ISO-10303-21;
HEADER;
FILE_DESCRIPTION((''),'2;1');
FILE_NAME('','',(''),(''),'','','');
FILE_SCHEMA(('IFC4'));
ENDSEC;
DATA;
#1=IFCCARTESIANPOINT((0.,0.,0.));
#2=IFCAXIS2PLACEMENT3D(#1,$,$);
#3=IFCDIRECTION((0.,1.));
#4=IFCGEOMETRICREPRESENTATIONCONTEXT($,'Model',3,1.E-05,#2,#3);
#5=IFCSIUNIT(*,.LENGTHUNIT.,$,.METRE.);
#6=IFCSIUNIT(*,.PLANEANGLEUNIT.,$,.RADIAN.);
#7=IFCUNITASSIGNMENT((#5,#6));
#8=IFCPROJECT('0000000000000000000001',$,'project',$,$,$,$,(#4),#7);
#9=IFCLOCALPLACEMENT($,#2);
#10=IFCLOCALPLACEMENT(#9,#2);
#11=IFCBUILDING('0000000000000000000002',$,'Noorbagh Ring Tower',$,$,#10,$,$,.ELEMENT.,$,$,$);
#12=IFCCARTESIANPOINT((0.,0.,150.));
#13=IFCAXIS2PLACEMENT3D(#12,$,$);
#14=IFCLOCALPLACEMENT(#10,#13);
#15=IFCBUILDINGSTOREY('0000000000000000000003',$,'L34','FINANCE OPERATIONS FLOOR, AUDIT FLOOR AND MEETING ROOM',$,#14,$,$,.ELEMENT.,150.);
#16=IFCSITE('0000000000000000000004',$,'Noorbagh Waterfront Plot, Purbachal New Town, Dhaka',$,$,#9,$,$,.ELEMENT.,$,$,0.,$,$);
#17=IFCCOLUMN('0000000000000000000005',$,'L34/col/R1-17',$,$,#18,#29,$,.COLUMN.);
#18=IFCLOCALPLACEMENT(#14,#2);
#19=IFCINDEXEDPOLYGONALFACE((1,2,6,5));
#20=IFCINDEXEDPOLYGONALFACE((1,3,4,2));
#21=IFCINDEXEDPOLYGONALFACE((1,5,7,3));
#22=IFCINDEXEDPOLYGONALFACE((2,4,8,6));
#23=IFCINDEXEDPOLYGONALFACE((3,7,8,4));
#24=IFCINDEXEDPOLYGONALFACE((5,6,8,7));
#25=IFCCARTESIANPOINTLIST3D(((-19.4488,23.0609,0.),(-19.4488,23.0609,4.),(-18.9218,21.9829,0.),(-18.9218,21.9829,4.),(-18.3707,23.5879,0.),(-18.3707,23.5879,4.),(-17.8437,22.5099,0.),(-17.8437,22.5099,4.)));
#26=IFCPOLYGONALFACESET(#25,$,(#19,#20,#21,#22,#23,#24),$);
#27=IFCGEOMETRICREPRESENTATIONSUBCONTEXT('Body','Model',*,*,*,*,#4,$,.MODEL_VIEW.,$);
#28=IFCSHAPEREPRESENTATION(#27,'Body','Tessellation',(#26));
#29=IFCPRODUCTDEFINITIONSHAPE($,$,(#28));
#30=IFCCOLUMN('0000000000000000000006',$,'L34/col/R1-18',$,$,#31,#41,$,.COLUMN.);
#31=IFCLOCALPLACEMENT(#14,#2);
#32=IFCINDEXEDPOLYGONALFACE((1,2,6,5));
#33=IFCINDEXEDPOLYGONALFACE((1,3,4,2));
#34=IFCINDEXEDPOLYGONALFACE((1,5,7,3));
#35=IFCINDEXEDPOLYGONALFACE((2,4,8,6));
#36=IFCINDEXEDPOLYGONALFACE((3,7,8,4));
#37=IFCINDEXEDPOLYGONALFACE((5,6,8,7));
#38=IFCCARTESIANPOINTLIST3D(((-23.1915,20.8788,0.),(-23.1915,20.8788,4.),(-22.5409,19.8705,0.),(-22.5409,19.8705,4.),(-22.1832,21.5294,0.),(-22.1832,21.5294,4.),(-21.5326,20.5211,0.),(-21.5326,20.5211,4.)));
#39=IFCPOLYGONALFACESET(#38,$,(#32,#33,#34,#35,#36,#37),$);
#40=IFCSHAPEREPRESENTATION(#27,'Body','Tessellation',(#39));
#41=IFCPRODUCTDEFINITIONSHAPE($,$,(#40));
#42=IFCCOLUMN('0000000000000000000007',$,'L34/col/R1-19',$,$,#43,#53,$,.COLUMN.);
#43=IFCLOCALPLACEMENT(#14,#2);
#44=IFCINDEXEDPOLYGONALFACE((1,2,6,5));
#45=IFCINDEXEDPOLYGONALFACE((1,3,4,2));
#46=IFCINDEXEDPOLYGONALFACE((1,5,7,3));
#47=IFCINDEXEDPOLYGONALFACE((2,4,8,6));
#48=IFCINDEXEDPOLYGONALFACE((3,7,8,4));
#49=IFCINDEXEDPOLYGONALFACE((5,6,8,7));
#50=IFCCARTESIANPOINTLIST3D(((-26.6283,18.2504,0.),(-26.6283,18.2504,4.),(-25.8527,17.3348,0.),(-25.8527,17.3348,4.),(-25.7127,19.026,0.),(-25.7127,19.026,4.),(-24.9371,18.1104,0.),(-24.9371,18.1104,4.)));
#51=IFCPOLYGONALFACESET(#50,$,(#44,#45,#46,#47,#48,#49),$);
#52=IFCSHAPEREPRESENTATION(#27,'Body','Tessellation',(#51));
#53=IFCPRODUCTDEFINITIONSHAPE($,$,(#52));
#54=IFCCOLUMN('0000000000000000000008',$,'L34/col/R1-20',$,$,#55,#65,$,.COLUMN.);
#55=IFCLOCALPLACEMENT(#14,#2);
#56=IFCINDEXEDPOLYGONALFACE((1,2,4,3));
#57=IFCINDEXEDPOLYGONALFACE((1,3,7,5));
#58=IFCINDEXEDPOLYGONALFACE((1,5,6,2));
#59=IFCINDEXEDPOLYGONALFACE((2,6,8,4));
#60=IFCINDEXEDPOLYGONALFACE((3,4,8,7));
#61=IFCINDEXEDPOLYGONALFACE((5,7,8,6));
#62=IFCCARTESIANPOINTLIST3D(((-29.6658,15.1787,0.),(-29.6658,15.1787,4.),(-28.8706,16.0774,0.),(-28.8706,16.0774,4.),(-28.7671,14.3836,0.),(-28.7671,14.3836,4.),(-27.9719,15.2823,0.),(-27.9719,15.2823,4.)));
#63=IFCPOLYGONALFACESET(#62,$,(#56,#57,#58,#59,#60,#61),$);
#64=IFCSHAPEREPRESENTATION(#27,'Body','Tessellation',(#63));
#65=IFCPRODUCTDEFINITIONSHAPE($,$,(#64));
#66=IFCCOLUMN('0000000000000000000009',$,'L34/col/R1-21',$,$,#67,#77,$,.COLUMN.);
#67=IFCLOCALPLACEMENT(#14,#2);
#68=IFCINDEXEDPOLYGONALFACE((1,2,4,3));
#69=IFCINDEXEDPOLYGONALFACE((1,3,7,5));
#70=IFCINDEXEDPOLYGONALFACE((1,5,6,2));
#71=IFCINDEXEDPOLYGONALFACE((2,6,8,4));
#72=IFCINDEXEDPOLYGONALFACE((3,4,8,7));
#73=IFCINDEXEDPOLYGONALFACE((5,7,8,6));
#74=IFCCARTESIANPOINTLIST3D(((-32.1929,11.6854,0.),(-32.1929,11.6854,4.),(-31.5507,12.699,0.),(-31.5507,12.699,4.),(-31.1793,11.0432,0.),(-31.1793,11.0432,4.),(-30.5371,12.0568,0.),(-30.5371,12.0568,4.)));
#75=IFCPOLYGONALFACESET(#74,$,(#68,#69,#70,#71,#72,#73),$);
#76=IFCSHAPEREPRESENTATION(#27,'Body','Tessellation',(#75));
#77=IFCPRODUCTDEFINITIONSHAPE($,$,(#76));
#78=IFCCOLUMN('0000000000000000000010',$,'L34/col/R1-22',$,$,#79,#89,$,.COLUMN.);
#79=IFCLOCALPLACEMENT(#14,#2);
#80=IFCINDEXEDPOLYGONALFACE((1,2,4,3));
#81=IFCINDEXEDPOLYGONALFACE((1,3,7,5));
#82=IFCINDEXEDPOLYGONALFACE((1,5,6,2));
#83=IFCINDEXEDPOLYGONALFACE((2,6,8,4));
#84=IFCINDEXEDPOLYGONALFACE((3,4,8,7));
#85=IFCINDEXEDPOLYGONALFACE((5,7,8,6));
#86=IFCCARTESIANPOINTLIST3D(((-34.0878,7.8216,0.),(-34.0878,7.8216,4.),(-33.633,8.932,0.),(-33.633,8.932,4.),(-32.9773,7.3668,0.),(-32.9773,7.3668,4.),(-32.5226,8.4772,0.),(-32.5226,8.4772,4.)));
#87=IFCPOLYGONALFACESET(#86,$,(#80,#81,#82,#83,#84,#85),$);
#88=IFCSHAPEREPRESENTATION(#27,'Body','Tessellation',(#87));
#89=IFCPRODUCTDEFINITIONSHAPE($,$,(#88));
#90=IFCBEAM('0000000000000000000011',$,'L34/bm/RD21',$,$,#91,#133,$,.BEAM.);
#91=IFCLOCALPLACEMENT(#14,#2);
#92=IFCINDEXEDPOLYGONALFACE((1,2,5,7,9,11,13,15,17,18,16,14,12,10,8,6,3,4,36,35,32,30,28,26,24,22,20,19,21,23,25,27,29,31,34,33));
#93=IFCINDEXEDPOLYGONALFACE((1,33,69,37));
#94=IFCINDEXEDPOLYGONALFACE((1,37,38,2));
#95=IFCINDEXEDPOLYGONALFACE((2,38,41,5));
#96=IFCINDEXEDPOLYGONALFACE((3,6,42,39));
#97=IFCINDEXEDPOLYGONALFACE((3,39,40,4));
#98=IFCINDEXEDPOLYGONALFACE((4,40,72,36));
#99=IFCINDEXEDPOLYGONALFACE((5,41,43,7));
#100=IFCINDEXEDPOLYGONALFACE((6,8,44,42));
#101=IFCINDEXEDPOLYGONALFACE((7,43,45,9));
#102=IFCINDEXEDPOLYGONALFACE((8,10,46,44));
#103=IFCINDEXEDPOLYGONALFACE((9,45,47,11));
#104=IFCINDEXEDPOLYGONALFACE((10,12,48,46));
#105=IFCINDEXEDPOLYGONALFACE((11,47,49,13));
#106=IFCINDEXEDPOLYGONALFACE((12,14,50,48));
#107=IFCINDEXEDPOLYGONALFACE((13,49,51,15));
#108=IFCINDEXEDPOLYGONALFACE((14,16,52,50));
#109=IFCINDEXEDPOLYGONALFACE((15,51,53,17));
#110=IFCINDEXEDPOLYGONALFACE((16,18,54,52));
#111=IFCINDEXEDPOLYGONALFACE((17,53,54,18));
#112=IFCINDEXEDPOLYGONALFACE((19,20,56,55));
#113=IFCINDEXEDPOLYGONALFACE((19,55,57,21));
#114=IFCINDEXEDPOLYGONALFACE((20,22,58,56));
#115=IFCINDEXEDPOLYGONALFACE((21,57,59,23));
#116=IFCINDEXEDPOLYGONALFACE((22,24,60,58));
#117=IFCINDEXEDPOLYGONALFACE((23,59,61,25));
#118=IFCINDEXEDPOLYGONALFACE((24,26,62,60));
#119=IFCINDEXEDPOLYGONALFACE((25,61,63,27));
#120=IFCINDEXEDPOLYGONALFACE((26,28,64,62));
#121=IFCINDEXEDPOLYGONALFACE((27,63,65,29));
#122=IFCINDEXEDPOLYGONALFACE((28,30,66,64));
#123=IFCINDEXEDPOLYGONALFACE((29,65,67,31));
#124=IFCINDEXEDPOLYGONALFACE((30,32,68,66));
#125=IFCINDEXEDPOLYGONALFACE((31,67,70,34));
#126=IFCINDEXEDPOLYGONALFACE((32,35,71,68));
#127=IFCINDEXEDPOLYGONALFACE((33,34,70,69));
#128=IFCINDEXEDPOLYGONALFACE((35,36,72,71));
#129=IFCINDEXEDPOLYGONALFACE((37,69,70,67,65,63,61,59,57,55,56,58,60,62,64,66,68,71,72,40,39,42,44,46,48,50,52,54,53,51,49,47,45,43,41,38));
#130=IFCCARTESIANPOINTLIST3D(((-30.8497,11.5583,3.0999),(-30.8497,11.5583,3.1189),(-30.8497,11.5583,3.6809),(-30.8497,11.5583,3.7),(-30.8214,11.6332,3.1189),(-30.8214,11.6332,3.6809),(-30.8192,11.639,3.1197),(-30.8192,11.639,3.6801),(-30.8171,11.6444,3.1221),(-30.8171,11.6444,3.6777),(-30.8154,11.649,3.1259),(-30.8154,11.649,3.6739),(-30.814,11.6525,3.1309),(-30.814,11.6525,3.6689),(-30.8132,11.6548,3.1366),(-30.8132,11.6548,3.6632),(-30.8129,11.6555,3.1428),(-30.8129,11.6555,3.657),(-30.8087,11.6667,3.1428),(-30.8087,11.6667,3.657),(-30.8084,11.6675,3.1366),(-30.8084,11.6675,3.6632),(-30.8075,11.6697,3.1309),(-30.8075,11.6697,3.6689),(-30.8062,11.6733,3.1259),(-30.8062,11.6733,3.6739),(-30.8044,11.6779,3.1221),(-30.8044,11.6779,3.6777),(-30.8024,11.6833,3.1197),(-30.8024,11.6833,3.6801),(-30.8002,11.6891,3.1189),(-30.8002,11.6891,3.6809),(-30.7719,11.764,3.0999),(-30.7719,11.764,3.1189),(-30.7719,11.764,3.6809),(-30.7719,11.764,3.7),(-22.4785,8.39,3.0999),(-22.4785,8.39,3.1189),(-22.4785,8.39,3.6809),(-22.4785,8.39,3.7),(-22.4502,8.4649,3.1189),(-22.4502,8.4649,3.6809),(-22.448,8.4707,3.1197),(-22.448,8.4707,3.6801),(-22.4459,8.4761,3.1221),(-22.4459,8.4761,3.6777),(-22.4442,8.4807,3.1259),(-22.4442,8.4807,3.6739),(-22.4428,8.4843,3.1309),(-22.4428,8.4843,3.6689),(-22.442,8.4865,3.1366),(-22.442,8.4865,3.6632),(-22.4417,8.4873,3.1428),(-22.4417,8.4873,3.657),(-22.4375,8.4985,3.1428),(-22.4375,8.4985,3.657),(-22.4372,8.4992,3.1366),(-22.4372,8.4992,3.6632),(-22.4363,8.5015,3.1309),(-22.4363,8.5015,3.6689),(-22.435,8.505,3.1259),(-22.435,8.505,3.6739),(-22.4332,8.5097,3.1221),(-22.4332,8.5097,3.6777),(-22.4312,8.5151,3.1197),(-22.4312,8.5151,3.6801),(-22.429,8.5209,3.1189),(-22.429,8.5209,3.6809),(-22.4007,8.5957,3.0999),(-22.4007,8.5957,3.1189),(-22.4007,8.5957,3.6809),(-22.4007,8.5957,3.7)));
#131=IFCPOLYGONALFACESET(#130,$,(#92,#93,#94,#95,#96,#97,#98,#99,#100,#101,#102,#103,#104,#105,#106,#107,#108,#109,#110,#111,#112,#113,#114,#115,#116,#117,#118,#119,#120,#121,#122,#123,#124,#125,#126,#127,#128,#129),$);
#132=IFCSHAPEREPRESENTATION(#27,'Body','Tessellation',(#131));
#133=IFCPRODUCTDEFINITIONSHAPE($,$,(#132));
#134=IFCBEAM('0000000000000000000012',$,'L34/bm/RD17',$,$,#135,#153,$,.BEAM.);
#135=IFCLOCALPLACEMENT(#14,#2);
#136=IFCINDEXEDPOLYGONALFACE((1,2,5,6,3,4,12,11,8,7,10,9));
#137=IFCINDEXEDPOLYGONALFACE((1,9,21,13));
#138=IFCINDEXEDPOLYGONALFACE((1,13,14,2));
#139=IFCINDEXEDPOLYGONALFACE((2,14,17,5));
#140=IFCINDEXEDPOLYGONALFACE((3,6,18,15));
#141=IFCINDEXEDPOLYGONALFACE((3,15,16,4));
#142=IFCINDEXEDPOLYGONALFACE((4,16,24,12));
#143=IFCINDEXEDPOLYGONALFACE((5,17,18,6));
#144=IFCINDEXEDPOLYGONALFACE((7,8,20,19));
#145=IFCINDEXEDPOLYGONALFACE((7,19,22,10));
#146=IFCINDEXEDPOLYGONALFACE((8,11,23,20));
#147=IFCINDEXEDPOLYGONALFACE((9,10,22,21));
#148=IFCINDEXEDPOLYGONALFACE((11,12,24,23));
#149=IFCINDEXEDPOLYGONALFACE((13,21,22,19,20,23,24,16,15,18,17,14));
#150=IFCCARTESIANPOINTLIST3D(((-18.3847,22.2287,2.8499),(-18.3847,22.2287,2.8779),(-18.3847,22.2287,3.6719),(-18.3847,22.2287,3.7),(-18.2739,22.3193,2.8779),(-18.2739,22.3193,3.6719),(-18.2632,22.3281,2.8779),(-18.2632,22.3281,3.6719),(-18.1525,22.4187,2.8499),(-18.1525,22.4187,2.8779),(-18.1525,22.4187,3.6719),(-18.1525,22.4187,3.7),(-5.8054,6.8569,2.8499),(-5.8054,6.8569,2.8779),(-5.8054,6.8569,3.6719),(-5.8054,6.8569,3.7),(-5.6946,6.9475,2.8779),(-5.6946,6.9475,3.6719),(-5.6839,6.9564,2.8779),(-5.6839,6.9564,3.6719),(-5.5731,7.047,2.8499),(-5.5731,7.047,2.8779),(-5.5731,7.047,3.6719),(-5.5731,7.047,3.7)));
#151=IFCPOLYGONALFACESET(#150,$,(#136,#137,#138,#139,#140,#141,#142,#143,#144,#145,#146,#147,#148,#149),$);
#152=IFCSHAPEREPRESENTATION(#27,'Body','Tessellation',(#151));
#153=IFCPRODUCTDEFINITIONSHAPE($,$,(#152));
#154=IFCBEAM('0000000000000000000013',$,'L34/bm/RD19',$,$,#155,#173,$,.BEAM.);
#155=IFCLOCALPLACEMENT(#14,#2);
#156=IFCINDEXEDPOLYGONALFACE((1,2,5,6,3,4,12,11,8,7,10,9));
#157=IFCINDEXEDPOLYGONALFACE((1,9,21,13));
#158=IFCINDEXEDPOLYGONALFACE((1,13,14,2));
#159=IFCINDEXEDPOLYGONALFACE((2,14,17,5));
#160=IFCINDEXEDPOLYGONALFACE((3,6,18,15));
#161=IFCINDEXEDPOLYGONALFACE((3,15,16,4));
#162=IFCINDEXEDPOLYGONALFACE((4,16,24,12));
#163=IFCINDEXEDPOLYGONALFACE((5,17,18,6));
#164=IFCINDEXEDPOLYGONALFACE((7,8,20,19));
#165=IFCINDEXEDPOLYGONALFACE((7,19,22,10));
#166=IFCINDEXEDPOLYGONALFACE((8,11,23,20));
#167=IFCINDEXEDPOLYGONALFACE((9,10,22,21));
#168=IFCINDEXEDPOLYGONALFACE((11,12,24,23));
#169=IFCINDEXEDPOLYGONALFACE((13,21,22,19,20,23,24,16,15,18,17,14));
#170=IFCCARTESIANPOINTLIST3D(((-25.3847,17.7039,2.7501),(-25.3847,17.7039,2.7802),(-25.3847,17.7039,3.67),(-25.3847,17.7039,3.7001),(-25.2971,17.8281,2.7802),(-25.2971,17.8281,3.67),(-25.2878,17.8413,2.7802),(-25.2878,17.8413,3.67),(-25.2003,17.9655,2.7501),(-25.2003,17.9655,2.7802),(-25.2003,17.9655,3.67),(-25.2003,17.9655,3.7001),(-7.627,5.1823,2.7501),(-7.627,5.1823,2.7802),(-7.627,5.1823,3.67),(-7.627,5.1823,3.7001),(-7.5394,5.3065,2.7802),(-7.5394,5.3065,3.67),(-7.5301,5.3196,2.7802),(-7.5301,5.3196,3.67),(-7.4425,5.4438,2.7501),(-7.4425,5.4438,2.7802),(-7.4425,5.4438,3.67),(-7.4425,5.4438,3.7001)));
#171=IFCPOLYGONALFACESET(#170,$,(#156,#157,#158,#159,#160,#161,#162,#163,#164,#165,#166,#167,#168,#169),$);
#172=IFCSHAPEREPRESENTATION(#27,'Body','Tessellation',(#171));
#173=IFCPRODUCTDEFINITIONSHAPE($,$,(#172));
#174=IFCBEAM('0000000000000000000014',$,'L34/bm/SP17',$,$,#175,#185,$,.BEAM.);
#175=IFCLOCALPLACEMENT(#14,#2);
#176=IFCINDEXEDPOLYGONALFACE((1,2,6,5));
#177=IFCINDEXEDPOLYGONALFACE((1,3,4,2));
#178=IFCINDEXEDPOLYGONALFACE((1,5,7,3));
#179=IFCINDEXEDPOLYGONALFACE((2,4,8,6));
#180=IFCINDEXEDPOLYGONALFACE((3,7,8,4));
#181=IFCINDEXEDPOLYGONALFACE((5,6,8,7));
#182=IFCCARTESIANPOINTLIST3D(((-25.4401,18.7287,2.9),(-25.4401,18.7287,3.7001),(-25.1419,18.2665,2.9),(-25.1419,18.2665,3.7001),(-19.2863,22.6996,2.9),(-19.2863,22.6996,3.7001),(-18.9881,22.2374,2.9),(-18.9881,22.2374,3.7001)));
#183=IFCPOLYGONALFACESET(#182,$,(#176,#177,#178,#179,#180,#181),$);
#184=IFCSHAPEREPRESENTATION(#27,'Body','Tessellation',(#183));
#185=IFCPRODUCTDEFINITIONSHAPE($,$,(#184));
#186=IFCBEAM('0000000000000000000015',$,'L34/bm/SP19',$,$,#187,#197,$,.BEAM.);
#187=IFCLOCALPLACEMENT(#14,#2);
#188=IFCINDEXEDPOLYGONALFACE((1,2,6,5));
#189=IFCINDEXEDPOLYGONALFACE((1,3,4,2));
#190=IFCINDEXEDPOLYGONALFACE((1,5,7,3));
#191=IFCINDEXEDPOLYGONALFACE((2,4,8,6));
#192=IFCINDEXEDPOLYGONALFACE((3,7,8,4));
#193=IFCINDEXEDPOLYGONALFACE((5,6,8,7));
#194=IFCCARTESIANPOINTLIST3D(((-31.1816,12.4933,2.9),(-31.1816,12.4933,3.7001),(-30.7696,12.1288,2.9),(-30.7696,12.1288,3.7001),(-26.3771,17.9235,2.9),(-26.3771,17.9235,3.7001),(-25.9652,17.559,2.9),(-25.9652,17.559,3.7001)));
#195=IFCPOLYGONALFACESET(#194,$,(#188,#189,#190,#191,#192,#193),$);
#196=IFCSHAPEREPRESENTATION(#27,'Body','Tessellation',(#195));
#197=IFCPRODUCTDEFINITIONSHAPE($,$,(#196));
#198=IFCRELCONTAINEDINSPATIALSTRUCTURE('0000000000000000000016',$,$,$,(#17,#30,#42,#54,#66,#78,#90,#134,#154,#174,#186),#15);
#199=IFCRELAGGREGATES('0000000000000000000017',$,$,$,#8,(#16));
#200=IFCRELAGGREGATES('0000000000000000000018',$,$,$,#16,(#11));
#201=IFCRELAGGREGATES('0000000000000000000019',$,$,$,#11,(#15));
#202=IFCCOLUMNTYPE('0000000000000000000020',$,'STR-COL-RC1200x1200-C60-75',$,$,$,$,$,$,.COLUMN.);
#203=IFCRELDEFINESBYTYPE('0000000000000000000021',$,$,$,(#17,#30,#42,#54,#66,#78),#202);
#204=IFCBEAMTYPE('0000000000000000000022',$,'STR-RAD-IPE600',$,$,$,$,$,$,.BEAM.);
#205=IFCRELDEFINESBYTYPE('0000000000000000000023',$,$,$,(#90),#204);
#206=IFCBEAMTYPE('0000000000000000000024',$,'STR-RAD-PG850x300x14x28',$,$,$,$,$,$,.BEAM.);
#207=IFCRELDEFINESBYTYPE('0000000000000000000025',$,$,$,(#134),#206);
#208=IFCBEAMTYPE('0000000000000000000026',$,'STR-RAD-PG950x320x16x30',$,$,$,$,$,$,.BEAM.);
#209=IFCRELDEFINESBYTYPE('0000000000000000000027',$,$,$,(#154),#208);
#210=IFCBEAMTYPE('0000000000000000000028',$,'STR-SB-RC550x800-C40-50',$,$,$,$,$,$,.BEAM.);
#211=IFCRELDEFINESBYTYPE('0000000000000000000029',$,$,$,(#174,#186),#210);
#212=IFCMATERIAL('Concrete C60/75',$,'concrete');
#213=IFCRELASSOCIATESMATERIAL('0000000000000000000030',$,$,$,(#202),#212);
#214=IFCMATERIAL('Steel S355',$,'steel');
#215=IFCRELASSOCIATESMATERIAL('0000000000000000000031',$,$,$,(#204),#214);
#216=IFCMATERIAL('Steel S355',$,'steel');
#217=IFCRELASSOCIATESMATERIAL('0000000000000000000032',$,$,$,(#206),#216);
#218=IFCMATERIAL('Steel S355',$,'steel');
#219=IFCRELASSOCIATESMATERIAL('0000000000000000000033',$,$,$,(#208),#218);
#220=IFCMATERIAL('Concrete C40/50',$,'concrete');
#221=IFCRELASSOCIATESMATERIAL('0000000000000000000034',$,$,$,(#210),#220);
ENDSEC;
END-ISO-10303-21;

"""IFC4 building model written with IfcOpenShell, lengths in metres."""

from ifc_helpers import new_model, si_unit, direction, frame, origin, origin_2d, place, context, subcontext, project, spatial, rectangle, i_section, extrude, material, material_profile, profile_set, type_object, element, save


model = new_model("IFC4")

# Units and contexts
model_context = context("Model", 3, precision=1e-05, world=origin(), true_north=direction((0.0, 1.0)))
body_context = subcontext(model_context, "Body", "Model", "MODEL_VIEW")
ifc_project = project(units=[si_unit("LENGTHUNIT", "METRE"), si_unit("PLANEANGLEUNIT", "RADIAN")], contexts=[model_context])

# Site, building, storey
site_placement = place(None, origin())
site = spatial("IfcSite", under=ifc_project, at=site_placement, Name="Noorbagh Waterfront Plot, Purbachal New Town, Dhaka", CompositionType="ELEMENT", RefElevation=0.0)
building_placement = place(site_placement, origin())
building = spatial("IfcBuilding", under=site, at=building_placement, Name="Noorbagh Ring Tower", CompositionType="ELEMENT")
storey_placement = place(building_placement, frame((0.0, 0.0, 150.0)))
storey = spatial("IfcBuildingStorey", under=building, at=storey_placement, Name="L34", Description="FINANCE OPERATIONS FLOOR, AUDIT FLOOR AND MEETING ROOM", CompositionType="ELEMENT", Elevation=150.0)

# Columns
ifc_material_1 = material(Name="Concrete C60/75", Category="concrete")
ifc_material_profile_1 = material_profile(ifc_material_1, rectangle(XDim=1.2, YDim=1.2, at=origin_2d()), Name="RC1200x1200")
ifc_profile_set_1 = profile_set([ifc_material_profile_1], Name="Concrete C60/75")
column_type = type_object("IfcColumnType", Name="STR-COL-RC1200x1200-C60-75", PredefinedType="COLUMN", material=ifc_profile_set_1)
for number, where, z_axis, x_axis, name in (
    (1, (-18.6462, 22.7854, 0.0), (0.0, 0.0, 1.0), (-0.898399, -0.43918, 0.0), "L34/col/R1-17"),
    (2, (-22.3621, 20.7, 0.0), (0.0, 0.0, 1.0), (-0.840248, -0.542203, 0.0), "L34/col/R1-18"),
    (3, (-25.7827, 18.1804, 0.0), (0.0, 0.0, 1.0), (-0.763035, -0.646357, 0.0), "L34/col/R1-19"),
    (4, (-28.8188, 15.2305, 0.0), (0.0, 0.0, 1.0), (-0.662636, -0.748942, 0.0), "L34/col/R1-20"),
    (5, (-31.365, 11.8711, 0.0), (0.0, 0.0, 1.0), (-0.53519, -0.844731, 0.0), "L34/col/R1-21"),
    (6, (-33.3052, 8.1494, 0.0), (0.0, 0.0, 1.0), (-0.378989, -0.925401, 0.0), "L34/col/R1-22"),
):
    element("IfcColumn", number, at=place(storey_placement, frame(where, z_axis=z_axis, x_axis=x_axis)), inside=storey, type_object=column_type, Name=name, PredefinedType="COLUMN", context=body_context, shape_type="SweptSolid", body=[
        extrude(rectangle(XDim=1.2, YDim=1.2, at=origin_2d()), origin(), (0.0, 0.0, 1.0), 4.0),
    ])

# Beams
ifc_material_2 = material(Name="Steel S355", Category="steel")
ifc_material_profile_2 = material_profile(ifc_material_2, i_section(OverallWidth=0.22, OverallDepth=0.6001, WebThickness=0.012, FlangeThickness=0.019, FilletRadius=0.0239, at=origin_2d()), Name="IPE600")
ifc_profile_set_2 = profile_set([ifc_material_profile_2], Name="Steel S355")
beam_type_1 = type_object("IfcBeamType", Name="STR-RAD-IPE600", PredefinedType="BEAM", material=ifc_profile_set_2)
beam_1_placement = place(storey_placement, frame((-30.8108, 11.6611, 3.3999), z_axis=(0.935258, -0.353968, 0.0), x_axis=(0.353968, 0.935258, 0.0)))
element("IfcBeam", 7, at=beam_1_placement, inside=storey, type_object=beam_type_1, Name="L34/bm/RD21", PredefinedType="BEAM", context=body_context, shape_type="SweptSolid", body=[
    extrude(i_section(OverallWidth=0.22, OverallDepth=0.6001, WebThickness=0.012, FlangeThickness=0.019, FilletRadius=0.0239, at=origin_2d()), origin(), (0.0, 0.0, 1.0), 8.9507),
])
ifc_material_3 = material(Name="Steel S355", Category="steel")
ifc_material_profile_3 = material_profile(ifc_material_3, i_section(OverallWidth=0.3, OverallDepth=0.8501, WebThickness=0.0139, FlangeThickness=0.0281, at=origin_2d()), Name="PG850x300x14x28")
ifc_profile_set_3 = profile_set([ifc_material_profile_3], Name="Steel S355")
beam_type_2 = type_object("IfcBeamType", Name="STR-RAD-PG850x300x14x28", PredefinedType="BEAM", material=ifc_profile_set_3)
beam_2_placement = place(storey_placement, frame((-18.2686, 22.3237, 3.2749), z_axis=(0.63331, -0.773898, 0.0), x_axis=(0.773898, 0.63331, 0.0)))
element("IfcBeam", 8, at=beam_2_placement, inside=storey, type_object=beam_type_2, Name="L34/bm/RD17", PredefinedType="BEAM", context=body_context, shape_type="SweptSolid", body=[
    extrude(i_section(OverallWidth=0.3, OverallDepth=0.8501, WebThickness=0.0139, FlangeThickness=0.0281, at=origin_2d()), origin(), (0.0, 0.0, 1.0), 19.8628),
])
ifc_material_4 = material(Name="Steel S355", Category="steel")
ifc_material_profile_4 = material_profile(ifc_material_4, i_section(OverallWidth=0.3201, OverallDepth=0.95, WebThickness=0.0161, FlangeThickness=0.03, at=origin_2d()), Name="PG950x320x16x30")
ifc_profile_set_4 = profile_set([ifc_material_profile_4], Name="Steel S355")
beam_type_3 = type_object("IfcBeamType", Name="STR-RAD-PG950x320x16x30", PredefinedType="BEAM", material=ifc_profile_set_4)
beam_3_placement = place(storey_placement, frame((-25.2925, 17.8347, 3.2251), z_axis=(0.817254, -0.576278, 0.0), x_axis=(0.576278, 0.817254, 0.0)))
element("IfcBeam", 9, at=beam_3_placement, inside=storey, type_object=beam_type_3, Name="L34/bm/RD19", PredefinedType="BEAM", context=body_context, shape_type="SweptSolid", body=[
    extrude(i_section(OverallWidth=0.3201, OverallDepth=0.95, WebThickness=0.0161, FlangeThickness=0.03, at=origin_2d()), origin(), (0.0, 0.0, 1.0), 21.7285),
])
ifc_material_5 = material(Name="Concrete C40/50", Category="concrete")
ifc_material_profile_5 = material_profile(ifc_material_5, rectangle(XDim=0.55, YDim=0.8, at=origin_2d()), Name="RC550x800")
ifc_profile_set_5 = profile_set([ifc_material_profile_5], Name="Concrete C40/50")
beam_type_4 = type_object("IfcBeamType", Name="STR-SB-RC550x800-C40-50", PredefinedType="BEAM", material=ifc_profile_set_5)
beam_4_placement = place(storey_placement, frame((-19.1372, 22.4685, 3.3), z_axis=(-0.84025, -0.542199, 0.0), x_axis=(0.542199, -0.84025, 0.0)))
element("IfcBeam", 10, at=beam_4_placement, inside=storey, type_object=beam_type_4, Name="L34/bm/SP17", PredefinedType="BEAM", context=body_context, shape_type="SweptSolid", body=[
    extrude(rectangle(XDim=0.55, YDim=0.8, at=origin_2d()), origin(), (0.0, 0.0, 1.0), 7.3237),
])
beam_5_placement = place(storey_placement, frame((-26.1711, 17.7412, 3.3), z_axis=(-0.662638, -0.74894, 0.0), x_axis=(0.74894, -0.662638, 0.0)))
element("IfcBeam", 11, at=beam_5_placement, inside=storey, type_object=beam_type_4, Name="L34/bm/SP19", PredefinedType="BEAM", context=body_context, shape_type="SweptSolid", body=[
    extrude(rectangle(XDim=0.55, YDim=0.8, at=origin_2d()), origin(), (0.0, 0.0, 1.0), 7.2505),
])

save(model, "model.ifc")
